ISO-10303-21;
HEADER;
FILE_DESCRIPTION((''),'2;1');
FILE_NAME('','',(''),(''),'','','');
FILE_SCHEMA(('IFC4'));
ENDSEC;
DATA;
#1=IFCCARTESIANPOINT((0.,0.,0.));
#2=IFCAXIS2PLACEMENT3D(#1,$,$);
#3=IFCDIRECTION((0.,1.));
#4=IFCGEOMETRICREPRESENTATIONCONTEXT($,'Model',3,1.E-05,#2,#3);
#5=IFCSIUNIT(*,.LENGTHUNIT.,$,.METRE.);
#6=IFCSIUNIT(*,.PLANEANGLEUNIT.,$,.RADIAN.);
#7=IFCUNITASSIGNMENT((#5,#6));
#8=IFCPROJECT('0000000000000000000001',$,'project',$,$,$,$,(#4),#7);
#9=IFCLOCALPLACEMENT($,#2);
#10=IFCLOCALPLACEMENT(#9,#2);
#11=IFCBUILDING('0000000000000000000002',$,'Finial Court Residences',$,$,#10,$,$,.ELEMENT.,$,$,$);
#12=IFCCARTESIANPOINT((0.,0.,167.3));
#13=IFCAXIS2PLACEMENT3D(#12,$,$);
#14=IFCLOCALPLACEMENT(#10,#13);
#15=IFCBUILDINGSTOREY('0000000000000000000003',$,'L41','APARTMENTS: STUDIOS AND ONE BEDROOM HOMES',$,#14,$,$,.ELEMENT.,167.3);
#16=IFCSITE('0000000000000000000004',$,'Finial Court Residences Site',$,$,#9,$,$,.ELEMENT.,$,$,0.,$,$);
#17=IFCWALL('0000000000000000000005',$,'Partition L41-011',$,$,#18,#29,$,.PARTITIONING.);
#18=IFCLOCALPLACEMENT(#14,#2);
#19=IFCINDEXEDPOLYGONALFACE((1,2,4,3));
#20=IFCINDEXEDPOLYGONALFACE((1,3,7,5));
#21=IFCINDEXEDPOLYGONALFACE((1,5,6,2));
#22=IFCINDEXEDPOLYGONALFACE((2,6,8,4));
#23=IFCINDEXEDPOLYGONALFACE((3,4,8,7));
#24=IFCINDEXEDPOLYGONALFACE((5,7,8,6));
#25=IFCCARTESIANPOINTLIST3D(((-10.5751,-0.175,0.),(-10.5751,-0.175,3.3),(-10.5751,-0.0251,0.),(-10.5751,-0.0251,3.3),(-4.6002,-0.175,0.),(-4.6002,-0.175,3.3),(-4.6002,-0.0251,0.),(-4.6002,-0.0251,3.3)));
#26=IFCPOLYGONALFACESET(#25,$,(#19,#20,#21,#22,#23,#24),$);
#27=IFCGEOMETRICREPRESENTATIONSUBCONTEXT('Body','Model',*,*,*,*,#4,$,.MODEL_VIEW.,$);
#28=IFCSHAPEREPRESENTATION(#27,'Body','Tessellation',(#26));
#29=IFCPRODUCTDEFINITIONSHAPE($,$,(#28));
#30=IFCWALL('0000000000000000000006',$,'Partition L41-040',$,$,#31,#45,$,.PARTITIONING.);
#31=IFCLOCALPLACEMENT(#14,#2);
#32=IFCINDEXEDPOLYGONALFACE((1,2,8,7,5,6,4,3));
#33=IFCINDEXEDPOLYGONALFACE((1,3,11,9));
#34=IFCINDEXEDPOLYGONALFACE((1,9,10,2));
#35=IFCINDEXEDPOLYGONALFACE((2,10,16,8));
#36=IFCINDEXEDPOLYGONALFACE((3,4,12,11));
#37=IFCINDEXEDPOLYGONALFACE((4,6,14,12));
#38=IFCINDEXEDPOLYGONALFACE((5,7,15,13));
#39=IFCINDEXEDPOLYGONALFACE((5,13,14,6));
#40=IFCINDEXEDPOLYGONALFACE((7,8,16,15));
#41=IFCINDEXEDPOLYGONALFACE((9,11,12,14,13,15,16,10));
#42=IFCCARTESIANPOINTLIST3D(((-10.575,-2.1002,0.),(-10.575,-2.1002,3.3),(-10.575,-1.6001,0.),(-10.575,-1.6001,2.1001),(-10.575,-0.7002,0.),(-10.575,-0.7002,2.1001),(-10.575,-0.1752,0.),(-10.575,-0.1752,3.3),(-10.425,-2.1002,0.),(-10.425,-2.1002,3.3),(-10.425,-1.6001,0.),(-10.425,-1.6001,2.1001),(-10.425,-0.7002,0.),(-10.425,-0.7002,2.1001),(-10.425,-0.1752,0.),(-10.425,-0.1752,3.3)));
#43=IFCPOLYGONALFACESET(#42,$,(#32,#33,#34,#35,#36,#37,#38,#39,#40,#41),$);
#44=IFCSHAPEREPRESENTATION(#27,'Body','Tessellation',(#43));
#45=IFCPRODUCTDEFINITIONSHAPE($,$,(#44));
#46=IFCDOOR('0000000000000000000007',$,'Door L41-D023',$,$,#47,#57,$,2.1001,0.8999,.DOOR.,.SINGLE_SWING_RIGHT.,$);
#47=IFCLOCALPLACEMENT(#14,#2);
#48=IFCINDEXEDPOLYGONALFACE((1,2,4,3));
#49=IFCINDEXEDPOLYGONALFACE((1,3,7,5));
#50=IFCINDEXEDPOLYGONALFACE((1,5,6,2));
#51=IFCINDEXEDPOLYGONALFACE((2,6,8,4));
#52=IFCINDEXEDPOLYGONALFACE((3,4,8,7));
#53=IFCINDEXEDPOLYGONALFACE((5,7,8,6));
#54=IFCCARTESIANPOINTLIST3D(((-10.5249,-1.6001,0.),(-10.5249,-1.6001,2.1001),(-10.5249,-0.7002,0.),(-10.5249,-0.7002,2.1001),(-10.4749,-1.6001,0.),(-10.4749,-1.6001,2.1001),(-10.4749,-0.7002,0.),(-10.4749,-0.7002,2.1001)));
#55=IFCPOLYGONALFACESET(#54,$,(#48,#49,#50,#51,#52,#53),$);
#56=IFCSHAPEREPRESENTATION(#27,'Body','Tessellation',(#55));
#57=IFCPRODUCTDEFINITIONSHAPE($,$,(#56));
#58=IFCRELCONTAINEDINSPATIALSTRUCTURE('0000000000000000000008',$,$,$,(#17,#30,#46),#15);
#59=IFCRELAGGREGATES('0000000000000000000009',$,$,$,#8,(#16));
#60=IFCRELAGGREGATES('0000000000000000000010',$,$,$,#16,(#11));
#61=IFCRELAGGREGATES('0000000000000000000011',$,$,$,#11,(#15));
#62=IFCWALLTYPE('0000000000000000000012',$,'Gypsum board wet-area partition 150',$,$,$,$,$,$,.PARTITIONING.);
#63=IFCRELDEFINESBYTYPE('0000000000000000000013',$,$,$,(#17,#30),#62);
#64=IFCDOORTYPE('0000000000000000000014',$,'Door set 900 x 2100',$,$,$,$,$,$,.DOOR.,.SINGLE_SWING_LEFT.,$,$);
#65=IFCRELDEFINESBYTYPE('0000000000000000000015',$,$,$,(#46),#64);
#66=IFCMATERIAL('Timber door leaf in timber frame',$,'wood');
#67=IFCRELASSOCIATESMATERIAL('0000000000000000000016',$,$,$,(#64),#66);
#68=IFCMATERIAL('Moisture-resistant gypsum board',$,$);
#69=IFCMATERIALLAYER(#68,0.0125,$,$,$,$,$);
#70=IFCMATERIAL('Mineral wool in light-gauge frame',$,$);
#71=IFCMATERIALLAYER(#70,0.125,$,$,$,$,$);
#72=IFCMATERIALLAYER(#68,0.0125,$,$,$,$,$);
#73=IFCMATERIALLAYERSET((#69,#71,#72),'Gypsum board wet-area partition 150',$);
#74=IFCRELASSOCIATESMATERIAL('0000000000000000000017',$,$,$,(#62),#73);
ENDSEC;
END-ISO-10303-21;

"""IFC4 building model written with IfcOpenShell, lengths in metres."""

from ifc_helpers import new_model, si_unit, direction, frame, frame_2d, origin, place, context, subcontext, project, spatial, rectangle, extrude, material, layer, layer_set, type_object, element, fill, save


model = new_model("IFC4")

# Units and contexts
model_context = context("Model", 3, precision=1e-05, world=origin(), true_north=direction((0.0, 1.0)))
body_context = subcontext(model_context, "Body", "Model", "MODEL_VIEW")
ifc_project = project(units=[si_unit("LENGTHUNIT", "METRE"), si_unit("PLANEANGLEUNIT", "RADIAN")], contexts=[model_context])

# Site, building, storey
site_placement = place(None, origin())
site = spatial("IfcSite", under=ifc_project, at=site_placement, Name="Finial Court Residences Site", CompositionType="ELEMENT", RefElevation=0.0)
building_placement = place(site_placement, origin())
building = spatial("IfcBuilding", under=site, at=building_placement, Name="Finial Court Residences", CompositionType="ELEMENT")
storey_placement = place(building_placement, frame((0.0, 0.0, 167.3)))
storey = spatial("IfcBuildingStorey", under=building, at=storey_placement, Name="L41", Description="APARTMENTS: STUDIOS AND ONE BEDROOM HOMES", CompositionType="ELEMENT", Elevation=167.3)

# Shared definitions
ifc_material_1 = material(Name="Mineral wool in light-gauge frame")
ifc_material_2 = material(Name="Timber door leaf in timber frame", Category="wood")
door_type_1 = type_object("IfcDoorType", Name="Door set 900 x 2100", OperationType="SINGLE_SWING_LEFT", PredefinedType="DOOR", material=ifc_material_2)

# Wall
ifc_material_3 = material(Name="Moisture-resistant gypsum board")
ifc_layer_1 = layer(ifc_material_3, 0.0125)
ifc_layer_2 = layer(ifc_material_1, 0.125)
ifc_layer_3 = layer(ifc_material_3, 0.0125)
ifc_layer_set_1 = layer_set([ifc_layer_1, ifc_layer_2, ifc_layer_3], Name="Gypsum board wet-area partition 150")
wall_type_1 = type_object("IfcWallType", Name="Gypsum board wet-area partition 150", PredefinedType="PARTITIONING", material=ifc_layer_set_1)
wall_1_placement = place(storey_placement, frame((-10.575, -0.1001, 0.0), z_axis=(0.0, 0.0, 1.0), x_axis=(1.0, 0.0, 0.0)))
element("IfcWall", 1, at=wall_1_placement, inside=storey, type_object=wall_type_1, Name="Partition L41-011", PredefinedType="PARTITIONING", context=body_context, shape_type="SweptSolid", body=[
    extrude(rectangle(XDim=5.9749, YDim=0.1499, at=frame_2d((2.9873, 0.0))), origin(), (0.0, 0.0, 1.0), 3.3),
])

# Wall, opening, door
wall_2_placement = place(storey_placement, frame((-10.5, -2.1001, 0.0), z_axis=(0.0, 0.0, 1.0), x_axis=(0.0, 1.0, 0.0)))
wall_2 = element("IfcWall", 2, at=wall_2_placement, inside=storey, type_object=wall_type_1, Name="Partition L41-040", PredefinedType="PARTITIONING", context=body_context, shape_type="SweptSolid", body=[
    extrude(rectangle(XDim=1.925, YDim=0.1499, at=frame_2d((0.9624, 0.0))), origin(), (0.0, 0.0, 1.0), 3.3),
])
opening_1_placement = place(wall_2_placement, frame((0.5, 0.0, 0.0)))
opening_1 = element("IfcOpeningElement", 3, at=opening_1_placement, cuts=wall_2, PredefinedType="OPENING", context=body_context, shape_type="SweptSolid", body=[
    extrude(rectangle(XDim=0.8999, YDim=2.1001, at=frame_2d((0.45, 1.05))), frame((0.0, 0.085, 0.0), z_axis=(0.0, -1.0, 0.0), x_axis=(1.0, 0.0, 0.0)), (0.0, 0.0, 1.0), 0.1699),
])
door_1_placement = place(opening_1_placement, origin())
door_1 = element("IfcDoor", 4, at=door_1_placement, inside=storey, type_object=door_type_1, Name="Door L41-D023", OperationType="SINGLE_SWING_RIGHT", OverallHeight=2.1001, OverallWidth=0.8999, PredefinedType="DOOR", context=body_context, shape_type="SweptSolid", body=[
    extrude(rectangle(XDim=0.8999, YDim=2.1001, at=frame_2d((0.45, 1.05))), frame((0.0, 0.0249, 0.0), z_axis=(0.0, -1.0, 0.0), x_axis=(1.0, 0.0, 0.0)), (0.0, 0.0, 1.0), 0.05),
])
fill(opening_1, door_1)

save(model, "model.ifc")
